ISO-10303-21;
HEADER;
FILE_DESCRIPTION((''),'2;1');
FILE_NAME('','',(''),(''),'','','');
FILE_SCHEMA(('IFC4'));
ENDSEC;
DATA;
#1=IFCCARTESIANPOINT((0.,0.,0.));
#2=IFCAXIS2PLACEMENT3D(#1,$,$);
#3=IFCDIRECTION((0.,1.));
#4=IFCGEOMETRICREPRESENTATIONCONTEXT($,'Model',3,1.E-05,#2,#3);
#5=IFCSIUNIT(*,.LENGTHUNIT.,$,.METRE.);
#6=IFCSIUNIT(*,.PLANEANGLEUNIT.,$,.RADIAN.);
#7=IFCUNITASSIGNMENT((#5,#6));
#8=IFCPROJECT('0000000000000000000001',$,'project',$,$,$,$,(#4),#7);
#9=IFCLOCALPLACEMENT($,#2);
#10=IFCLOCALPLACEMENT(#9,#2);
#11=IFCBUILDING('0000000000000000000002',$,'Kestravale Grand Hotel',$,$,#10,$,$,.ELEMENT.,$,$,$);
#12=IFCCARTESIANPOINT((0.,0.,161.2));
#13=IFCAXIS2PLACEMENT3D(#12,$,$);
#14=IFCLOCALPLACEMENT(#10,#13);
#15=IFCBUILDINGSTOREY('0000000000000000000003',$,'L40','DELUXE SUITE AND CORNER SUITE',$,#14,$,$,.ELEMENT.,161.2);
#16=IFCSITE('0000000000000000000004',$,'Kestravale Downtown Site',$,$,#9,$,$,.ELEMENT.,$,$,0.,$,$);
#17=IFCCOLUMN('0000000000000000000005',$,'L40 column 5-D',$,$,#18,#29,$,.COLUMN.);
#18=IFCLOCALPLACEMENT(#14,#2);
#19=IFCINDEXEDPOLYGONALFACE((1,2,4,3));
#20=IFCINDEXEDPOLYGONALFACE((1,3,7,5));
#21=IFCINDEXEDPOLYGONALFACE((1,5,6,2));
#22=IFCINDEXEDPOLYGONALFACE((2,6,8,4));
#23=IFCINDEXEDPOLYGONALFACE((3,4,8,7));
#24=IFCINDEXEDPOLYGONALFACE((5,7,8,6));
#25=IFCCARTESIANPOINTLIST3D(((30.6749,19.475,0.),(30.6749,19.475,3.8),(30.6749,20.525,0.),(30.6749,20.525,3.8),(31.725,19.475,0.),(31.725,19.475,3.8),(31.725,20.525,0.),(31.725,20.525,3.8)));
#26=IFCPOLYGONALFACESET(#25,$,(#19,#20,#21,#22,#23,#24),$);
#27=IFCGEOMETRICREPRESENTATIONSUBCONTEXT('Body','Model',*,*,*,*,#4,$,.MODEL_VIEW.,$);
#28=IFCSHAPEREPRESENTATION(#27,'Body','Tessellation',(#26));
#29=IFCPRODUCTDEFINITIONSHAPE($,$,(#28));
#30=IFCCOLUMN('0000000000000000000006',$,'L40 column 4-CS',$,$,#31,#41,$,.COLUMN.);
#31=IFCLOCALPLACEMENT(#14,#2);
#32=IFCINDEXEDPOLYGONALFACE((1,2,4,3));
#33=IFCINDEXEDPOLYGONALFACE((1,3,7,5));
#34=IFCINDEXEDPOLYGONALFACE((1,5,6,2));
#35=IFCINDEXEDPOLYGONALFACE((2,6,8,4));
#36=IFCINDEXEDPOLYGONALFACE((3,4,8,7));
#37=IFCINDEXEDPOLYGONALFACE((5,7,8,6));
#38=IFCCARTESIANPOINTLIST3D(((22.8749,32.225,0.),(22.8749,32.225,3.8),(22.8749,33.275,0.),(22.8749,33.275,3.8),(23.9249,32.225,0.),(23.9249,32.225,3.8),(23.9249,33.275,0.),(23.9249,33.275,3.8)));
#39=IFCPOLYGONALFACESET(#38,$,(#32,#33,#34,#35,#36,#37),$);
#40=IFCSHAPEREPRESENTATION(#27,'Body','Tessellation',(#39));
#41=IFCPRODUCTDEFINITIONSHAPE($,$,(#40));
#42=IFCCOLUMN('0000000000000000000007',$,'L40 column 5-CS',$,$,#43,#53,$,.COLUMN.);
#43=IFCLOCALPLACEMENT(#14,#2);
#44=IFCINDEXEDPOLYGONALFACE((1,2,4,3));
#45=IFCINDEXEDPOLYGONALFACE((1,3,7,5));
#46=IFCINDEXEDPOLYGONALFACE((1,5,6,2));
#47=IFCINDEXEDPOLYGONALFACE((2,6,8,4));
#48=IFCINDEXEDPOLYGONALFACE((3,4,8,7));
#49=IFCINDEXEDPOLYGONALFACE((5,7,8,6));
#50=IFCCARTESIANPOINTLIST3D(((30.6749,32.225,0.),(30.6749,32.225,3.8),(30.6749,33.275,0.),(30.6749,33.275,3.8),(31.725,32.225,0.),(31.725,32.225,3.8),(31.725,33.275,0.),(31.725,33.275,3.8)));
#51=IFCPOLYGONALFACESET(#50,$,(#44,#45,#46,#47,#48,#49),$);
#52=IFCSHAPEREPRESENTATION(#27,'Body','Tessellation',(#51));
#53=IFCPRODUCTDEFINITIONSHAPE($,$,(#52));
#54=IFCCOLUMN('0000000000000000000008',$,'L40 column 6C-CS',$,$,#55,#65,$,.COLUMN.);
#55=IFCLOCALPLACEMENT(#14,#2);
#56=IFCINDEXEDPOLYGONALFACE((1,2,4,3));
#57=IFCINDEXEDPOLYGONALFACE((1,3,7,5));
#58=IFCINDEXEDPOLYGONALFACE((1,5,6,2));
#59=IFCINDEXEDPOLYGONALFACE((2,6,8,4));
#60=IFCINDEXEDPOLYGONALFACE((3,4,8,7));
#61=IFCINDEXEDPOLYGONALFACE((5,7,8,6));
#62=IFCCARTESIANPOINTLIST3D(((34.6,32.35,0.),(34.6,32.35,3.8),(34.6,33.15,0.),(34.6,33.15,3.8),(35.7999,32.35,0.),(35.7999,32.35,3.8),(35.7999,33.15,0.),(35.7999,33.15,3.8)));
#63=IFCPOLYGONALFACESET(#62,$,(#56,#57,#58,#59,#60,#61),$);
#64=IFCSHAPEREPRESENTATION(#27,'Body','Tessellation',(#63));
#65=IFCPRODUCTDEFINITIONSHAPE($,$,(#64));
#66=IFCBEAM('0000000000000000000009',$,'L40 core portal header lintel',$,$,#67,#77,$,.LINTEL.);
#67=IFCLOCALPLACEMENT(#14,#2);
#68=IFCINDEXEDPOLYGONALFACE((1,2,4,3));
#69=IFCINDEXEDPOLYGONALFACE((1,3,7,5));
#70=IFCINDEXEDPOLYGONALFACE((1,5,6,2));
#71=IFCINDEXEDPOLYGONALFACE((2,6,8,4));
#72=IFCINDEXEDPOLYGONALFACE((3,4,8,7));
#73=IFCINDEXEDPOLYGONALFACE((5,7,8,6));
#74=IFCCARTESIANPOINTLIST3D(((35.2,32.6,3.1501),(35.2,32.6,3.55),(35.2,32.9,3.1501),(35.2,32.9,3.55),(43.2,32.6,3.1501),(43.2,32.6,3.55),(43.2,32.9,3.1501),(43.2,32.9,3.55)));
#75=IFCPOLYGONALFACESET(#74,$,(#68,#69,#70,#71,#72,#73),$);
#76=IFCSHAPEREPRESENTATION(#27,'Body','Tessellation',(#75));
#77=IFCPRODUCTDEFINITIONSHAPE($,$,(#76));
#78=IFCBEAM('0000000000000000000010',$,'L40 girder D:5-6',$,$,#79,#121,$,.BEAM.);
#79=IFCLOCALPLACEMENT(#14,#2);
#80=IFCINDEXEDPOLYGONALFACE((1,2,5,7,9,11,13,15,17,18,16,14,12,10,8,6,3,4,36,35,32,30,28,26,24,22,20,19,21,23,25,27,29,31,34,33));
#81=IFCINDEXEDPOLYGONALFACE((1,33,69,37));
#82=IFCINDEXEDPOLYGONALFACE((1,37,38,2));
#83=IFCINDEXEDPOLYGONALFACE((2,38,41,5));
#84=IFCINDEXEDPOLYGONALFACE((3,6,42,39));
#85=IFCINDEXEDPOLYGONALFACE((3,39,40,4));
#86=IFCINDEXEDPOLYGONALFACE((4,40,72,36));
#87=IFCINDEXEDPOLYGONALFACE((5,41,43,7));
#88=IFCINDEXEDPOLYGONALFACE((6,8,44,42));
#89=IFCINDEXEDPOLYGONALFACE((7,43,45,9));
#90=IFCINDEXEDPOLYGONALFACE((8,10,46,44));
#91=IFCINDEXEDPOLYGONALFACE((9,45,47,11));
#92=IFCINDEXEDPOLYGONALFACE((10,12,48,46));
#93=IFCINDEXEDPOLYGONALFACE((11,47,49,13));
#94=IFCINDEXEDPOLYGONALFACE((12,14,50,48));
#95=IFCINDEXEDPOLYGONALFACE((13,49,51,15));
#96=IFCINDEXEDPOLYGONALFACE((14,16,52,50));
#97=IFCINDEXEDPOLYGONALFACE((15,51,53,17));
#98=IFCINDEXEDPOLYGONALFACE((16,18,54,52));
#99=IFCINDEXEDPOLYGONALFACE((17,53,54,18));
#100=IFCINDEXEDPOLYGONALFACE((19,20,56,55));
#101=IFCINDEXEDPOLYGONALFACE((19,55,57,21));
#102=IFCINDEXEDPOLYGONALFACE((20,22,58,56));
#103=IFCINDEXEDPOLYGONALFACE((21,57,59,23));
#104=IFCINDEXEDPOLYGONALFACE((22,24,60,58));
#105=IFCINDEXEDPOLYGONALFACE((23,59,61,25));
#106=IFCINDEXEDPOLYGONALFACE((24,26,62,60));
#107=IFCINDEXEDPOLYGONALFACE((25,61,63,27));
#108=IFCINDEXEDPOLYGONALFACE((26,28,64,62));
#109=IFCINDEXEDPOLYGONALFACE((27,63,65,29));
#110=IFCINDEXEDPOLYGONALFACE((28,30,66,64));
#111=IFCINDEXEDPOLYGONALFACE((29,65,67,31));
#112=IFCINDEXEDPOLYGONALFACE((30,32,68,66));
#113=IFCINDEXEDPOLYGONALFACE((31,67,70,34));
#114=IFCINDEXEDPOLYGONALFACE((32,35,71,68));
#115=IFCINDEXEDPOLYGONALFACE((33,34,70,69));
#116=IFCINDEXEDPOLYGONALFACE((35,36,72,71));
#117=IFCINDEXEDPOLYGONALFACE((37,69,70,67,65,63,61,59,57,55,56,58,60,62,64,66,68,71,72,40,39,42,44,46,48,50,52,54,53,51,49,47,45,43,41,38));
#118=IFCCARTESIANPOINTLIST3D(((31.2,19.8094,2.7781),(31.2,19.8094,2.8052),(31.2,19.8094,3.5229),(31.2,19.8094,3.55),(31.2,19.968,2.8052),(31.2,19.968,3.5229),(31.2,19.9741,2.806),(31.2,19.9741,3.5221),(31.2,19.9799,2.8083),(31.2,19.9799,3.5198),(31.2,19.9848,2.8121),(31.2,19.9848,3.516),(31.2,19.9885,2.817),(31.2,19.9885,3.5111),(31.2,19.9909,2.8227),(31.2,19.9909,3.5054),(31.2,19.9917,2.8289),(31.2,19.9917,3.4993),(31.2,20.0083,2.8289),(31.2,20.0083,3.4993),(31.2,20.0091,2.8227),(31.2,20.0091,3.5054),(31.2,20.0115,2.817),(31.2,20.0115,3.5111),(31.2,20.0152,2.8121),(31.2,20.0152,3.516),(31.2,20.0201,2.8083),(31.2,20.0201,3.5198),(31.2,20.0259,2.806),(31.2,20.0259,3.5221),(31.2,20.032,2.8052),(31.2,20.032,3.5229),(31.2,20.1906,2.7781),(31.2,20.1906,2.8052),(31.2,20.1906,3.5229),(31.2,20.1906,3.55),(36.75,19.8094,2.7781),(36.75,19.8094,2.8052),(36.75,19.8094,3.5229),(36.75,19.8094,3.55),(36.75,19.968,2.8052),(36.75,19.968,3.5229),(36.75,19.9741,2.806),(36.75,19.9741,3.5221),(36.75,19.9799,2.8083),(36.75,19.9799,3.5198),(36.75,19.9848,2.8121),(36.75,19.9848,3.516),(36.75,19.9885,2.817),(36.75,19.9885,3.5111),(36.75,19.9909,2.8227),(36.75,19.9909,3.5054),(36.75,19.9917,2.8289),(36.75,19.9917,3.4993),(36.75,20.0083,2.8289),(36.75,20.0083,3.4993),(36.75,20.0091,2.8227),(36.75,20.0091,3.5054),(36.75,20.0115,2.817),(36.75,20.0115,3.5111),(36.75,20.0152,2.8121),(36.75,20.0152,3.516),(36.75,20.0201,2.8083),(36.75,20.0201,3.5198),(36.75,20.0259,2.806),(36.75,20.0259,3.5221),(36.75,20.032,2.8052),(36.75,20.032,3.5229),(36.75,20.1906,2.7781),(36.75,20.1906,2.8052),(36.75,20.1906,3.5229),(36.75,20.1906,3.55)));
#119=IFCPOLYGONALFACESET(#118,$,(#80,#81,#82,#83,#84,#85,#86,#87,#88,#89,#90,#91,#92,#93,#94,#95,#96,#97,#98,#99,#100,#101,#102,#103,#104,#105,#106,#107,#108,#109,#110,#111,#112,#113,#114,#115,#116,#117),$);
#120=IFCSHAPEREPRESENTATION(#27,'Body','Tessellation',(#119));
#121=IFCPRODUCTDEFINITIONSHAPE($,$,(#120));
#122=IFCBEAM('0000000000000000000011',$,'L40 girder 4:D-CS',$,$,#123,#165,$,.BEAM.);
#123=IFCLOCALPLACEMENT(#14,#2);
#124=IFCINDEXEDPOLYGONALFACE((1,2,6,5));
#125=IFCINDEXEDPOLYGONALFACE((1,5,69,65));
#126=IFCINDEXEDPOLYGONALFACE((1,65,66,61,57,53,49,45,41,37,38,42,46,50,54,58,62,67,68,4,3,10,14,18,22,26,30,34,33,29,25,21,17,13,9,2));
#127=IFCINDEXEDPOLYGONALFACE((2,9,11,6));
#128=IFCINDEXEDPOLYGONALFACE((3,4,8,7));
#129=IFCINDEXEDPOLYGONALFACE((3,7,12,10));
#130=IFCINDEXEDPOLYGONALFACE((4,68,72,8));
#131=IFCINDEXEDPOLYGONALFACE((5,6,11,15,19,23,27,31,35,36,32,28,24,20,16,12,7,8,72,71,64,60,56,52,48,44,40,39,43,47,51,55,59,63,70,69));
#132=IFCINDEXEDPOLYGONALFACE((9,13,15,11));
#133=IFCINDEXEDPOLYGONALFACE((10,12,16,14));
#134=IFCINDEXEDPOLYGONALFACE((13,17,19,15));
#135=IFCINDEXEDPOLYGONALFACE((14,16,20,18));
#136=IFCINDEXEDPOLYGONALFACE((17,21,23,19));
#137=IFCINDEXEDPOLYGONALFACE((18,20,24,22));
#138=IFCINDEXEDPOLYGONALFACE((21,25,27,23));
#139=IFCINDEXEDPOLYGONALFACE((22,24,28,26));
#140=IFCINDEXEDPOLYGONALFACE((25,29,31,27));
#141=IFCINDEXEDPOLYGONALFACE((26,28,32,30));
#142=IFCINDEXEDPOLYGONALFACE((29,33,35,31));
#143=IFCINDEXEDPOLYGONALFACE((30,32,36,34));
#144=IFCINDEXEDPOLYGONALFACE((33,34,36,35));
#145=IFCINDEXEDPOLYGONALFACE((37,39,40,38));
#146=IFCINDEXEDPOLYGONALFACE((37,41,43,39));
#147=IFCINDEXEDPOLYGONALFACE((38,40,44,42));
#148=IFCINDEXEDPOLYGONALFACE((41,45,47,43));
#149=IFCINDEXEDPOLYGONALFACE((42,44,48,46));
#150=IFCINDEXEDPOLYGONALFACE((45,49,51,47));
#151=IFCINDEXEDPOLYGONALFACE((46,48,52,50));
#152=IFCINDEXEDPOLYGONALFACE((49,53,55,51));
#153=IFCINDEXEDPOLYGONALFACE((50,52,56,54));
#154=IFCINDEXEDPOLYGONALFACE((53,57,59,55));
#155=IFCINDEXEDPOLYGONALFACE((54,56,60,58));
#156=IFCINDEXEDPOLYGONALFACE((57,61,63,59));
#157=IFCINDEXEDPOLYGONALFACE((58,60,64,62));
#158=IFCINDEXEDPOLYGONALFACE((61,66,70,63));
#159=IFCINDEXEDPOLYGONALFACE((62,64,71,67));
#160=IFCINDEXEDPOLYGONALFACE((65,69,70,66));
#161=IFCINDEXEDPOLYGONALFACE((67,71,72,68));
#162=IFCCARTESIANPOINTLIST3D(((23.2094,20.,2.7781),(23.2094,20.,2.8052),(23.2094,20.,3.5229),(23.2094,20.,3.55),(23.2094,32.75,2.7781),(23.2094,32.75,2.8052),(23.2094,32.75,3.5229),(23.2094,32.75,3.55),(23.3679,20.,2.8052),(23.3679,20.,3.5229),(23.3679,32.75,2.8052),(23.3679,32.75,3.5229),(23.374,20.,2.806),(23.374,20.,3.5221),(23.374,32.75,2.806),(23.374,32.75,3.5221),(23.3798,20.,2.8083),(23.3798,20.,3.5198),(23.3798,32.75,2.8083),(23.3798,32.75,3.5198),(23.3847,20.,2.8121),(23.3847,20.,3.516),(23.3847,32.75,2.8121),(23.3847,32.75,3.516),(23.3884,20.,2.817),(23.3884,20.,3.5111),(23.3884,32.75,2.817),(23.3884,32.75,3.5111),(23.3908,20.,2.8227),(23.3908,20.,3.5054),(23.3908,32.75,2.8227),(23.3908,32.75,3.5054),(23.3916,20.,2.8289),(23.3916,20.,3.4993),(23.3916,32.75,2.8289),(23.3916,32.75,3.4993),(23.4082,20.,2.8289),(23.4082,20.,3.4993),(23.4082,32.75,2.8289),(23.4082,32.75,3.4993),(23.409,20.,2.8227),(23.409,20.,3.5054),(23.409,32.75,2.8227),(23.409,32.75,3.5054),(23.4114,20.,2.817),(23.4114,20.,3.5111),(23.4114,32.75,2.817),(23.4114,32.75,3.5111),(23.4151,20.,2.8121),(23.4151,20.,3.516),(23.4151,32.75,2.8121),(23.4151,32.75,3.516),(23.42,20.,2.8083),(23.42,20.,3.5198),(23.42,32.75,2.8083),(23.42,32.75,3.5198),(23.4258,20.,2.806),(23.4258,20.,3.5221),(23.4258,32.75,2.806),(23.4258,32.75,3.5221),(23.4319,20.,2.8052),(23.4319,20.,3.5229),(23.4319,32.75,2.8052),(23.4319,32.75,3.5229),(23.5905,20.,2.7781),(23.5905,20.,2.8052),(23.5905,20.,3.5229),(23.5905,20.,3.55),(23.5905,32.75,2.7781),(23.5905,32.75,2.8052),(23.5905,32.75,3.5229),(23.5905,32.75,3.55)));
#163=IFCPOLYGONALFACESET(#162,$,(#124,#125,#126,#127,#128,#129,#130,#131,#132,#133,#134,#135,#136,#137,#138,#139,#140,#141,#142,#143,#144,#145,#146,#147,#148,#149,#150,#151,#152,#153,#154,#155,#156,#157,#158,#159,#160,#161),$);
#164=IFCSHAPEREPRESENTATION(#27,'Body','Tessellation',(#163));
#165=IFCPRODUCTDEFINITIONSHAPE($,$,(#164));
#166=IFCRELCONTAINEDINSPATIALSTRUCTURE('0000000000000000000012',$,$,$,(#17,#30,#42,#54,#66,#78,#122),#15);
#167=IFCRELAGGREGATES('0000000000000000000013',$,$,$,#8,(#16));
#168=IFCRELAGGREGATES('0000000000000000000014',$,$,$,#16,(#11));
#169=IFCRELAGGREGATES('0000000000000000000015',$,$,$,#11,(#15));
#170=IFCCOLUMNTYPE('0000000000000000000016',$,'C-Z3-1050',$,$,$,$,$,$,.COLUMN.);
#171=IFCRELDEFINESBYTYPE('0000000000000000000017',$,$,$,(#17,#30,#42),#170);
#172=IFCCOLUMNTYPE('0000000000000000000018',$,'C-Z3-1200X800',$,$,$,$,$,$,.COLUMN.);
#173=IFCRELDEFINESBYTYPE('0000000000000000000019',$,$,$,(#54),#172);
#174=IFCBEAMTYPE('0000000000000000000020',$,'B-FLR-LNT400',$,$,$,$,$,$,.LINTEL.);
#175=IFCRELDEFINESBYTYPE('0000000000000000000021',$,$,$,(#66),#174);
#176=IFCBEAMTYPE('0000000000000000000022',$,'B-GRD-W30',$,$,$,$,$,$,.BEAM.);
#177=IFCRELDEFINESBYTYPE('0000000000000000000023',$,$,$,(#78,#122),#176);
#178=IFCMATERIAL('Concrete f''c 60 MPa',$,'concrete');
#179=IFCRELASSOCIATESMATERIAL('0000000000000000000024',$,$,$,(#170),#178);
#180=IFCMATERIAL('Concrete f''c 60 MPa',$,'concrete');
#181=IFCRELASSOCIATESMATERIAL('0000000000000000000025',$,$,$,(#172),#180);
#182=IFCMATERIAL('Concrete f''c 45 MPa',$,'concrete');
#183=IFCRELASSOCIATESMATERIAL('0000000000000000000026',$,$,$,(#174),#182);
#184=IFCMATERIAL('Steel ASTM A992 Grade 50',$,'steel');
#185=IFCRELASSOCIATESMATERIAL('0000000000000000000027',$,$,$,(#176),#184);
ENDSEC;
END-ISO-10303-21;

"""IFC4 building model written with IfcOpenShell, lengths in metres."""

from ifc_helpers import new_model, si_unit, direction, frame, origin, origin_2d, place, context, subcontext, project, spatial, rectangle, i_section, extrude, material, material_profile, profile_set, type_object, element, save


model = new_model("IFC4")

# Units and contexts
model_context = context("Model", 3, precision=1e-05, world=origin(), true_north=direction((0.0, 1.0)))
body_context = subcontext(model_context, "Body", "Model", "MODEL_VIEW")
ifc_project = project(units=[si_unit("LENGTHUNIT", "METRE"), si_unit("PLANEANGLEUNIT", "RADIAN")], contexts=[model_context])

# Site, building, storey
site_placement = place(None, origin())
site = spatial("IfcSite", under=ifc_project, at=site_placement, Name="Kestravale Downtown Site", CompositionType="ELEMENT", RefElevation=0.0)
building_placement = place(site_placement, origin())
building = spatial("IfcBuilding", under=site, at=building_placement, Name="Kestravale Grand Hotel", CompositionType="ELEMENT")
storey_placement = place(building_placement, frame((0.0, 0.0, 161.2)))
storey = spatial("IfcBuildingStorey", under=building, at=storey_placement, Name="L40", Description="DELUXE SUITE AND CORNER SUITE", CompositionType="ELEMENT", Elevation=161.2)

# Columns
ifc_material_1 = material(Name="Concrete f'c 60 MPa", Category="concrete")
ifc_material_profile_1 = material_profile(ifc_material_1, rectangle(XDim=1.05, YDim=1.05, at=origin_2d()))
ifc_profile_set_1 = profile_set([ifc_material_profile_1], Name="Concrete f'c 60 MPa")
column_type_1 = type_object("IfcColumnType", Name="C-Z3-1050", PredefinedType="COLUMN", material=ifc_profile_set_1)
for number, where, z_axis, x_axis, name in (
    (1, (31.2, 20.0, 0.0), (0.0, 0.0, 1.0), (1.0, 0.0, 0.0), "L40 column 5-D"),
    (2, (23.3999, 32.75, 0.0), (0.0, 0.0, 1.0), (1.0, 0.0, 0.0), "L40 column 4-CS"),
    (3, (31.2, 32.75, 0.0), (0.0, 0.0, 1.0), (1.0, 0.0, 0.0), "L40 column 5-CS"),
):
    element("IfcColumn", number, at=place(storey_placement, frame(where, z_axis=z_axis, x_axis=x_axis)), inside=storey, type_object=column_type_1, Name=name, PredefinedType="COLUMN", context=body_context, shape_type="SweptSolid", body=[
        extrude(rectangle(XDim=1.05, YDim=1.05, at=origin_2d()), origin(), (0.0, 0.0, 1.0), 3.8),
    ])
ifc_material_2 = material(Name="Concrete f'c 60 MPa", Category="concrete")
ifc_material_profile_2 = material_profile(ifc_material_2, rectangle(XDim=1.2, YDim=0.8, at=origin_2d()))
ifc_profile_set_2 = profile_set([ifc_material_profile_2], Name="Concrete f'c 60 MPa")
column_type_2 = type_object("IfcColumnType", Name="C-Z3-1200X800", PredefinedType="COLUMN", material=ifc_profile_set_2)
column_placement = place(storey_placement, frame((35.2, 32.75, 0.0), z_axis=(0.0, 0.0, 1.0), x_axis=(1.0, 0.0, 0.0)))
element("IfcColumn", 4, at=column_placement, inside=storey, type_object=column_type_2, Name="L40 column 6C-CS", PredefinedType="COLUMN", context=body_context, shape_type="SweptSolid", body=[
    extrude(rectangle(XDim=1.2, YDim=0.8, at=origin_2d()), origin(), (0.0, 0.0, 1.0), 3.8),
])

# Beams
ifc_material_3 = material(Name="Concrete f'c 45 MPa", Category="concrete")
ifc_material_profile_3 = material_profile(ifc_material_3, rectangle(XDim=0.3, YDim=0.3999, at=origin_2d()))
ifc_profile_set_3 = profile_set([ifc_material_profile_3], Name="Concrete f'c 45 MPa")
beam_type_1 = type_object("IfcBeamType", Name="B-FLR-LNT400", PredefinedType="LINTEL", material=ifc_profile_set_3)
beam_1_placement = place(storey_placement, frame((35.2, 32.75, 3.3501), z_axis=(1.0, 0.0, 0.0), x_axis=(0.0, 1.0, 0.0)))
element("IfcBeam", 5, at=beam_1_placement, inside=storey, type_object=beam_type_1, Name="L40 core portal header lintel", PredefinedType="LINTEL", context=body_context, shape_type="SweptSolid", body=[
    extrude(rectangle(XDim=0.3, YDim=0.3999, at=origin_2d()), origin(), (0.0, 0.0, 1.0), 8.0),
])
ifc_material_4 = material(Name="Steel ASTM A992 Grade 50", Category="steel")
ifc_material_profile_4 = material_profile(ifc_material_4, i_section(OverallWidth=0.3811, OverallDepth=0.772, WebThickness=0.0166, FlangeThickness=0.0271, FilletRadius=0.0237, at=origin_2d()))
ifc_profile_set_4 = profile_set([ifc_material_profile_4], Name="Steel ASTM A992 Grade 50")
beam_type_2 = type_object("IfcBeamType", Name="B-GRD-W30", PredefinedType="BEAM", material=ifc_profile_set_4)
beam_2_placement = place(storey_placement, frame((31.2, 20.0, 3.1641), z_axis=(1.0, 0.0, 0.0), x_axis=(0.0, 1.0, 0.0)))
element("IfcBeam", 6, at=beam_2_placement, inside=storey, type_object=beam_type_2, Name="L40 girder D:5-6", PredefinedType="BEAM", context=body_context, shape_type="SweptSolid", body=[
    extrude(i_section(OverallWidth=0.3811, OverallDepth=0.772, WebThickness=0.0166, FlangeThickness=0.0271, FilletRadius=0.0237, at=origin_2d()), origin(), (0.0, 0.0, 1.0), 5.55),
])
for number, where, z_axis, x_axis, name in (
    (7, (23.3999, 20.0, 3.1641), (0.0, 1.0, 0.0), (-1.0, 0.0, 0.0), "L40 girder 4:D-CS"),
):
    element("IfcBeam", number, at=place(storey_placement, frame(where, z_axis=z_axis, x_axis=x_axis)), inside=storey, type_object=beam_type_2, Name=name, PredefinedType="BEAM", context=body_context, shape_type="SweptSolid", body=[
        extrude(i_section(OverallWidth=0.3811, OverallDepth=0.772, WebThickness=0.0166, FlangeThickness=0.0271, FilletRadius=0.0237, at=origin_2d()), origin(), (0.0, 0.0, 1.0), 12.75),
    ])

save(model, "model.ifc")
